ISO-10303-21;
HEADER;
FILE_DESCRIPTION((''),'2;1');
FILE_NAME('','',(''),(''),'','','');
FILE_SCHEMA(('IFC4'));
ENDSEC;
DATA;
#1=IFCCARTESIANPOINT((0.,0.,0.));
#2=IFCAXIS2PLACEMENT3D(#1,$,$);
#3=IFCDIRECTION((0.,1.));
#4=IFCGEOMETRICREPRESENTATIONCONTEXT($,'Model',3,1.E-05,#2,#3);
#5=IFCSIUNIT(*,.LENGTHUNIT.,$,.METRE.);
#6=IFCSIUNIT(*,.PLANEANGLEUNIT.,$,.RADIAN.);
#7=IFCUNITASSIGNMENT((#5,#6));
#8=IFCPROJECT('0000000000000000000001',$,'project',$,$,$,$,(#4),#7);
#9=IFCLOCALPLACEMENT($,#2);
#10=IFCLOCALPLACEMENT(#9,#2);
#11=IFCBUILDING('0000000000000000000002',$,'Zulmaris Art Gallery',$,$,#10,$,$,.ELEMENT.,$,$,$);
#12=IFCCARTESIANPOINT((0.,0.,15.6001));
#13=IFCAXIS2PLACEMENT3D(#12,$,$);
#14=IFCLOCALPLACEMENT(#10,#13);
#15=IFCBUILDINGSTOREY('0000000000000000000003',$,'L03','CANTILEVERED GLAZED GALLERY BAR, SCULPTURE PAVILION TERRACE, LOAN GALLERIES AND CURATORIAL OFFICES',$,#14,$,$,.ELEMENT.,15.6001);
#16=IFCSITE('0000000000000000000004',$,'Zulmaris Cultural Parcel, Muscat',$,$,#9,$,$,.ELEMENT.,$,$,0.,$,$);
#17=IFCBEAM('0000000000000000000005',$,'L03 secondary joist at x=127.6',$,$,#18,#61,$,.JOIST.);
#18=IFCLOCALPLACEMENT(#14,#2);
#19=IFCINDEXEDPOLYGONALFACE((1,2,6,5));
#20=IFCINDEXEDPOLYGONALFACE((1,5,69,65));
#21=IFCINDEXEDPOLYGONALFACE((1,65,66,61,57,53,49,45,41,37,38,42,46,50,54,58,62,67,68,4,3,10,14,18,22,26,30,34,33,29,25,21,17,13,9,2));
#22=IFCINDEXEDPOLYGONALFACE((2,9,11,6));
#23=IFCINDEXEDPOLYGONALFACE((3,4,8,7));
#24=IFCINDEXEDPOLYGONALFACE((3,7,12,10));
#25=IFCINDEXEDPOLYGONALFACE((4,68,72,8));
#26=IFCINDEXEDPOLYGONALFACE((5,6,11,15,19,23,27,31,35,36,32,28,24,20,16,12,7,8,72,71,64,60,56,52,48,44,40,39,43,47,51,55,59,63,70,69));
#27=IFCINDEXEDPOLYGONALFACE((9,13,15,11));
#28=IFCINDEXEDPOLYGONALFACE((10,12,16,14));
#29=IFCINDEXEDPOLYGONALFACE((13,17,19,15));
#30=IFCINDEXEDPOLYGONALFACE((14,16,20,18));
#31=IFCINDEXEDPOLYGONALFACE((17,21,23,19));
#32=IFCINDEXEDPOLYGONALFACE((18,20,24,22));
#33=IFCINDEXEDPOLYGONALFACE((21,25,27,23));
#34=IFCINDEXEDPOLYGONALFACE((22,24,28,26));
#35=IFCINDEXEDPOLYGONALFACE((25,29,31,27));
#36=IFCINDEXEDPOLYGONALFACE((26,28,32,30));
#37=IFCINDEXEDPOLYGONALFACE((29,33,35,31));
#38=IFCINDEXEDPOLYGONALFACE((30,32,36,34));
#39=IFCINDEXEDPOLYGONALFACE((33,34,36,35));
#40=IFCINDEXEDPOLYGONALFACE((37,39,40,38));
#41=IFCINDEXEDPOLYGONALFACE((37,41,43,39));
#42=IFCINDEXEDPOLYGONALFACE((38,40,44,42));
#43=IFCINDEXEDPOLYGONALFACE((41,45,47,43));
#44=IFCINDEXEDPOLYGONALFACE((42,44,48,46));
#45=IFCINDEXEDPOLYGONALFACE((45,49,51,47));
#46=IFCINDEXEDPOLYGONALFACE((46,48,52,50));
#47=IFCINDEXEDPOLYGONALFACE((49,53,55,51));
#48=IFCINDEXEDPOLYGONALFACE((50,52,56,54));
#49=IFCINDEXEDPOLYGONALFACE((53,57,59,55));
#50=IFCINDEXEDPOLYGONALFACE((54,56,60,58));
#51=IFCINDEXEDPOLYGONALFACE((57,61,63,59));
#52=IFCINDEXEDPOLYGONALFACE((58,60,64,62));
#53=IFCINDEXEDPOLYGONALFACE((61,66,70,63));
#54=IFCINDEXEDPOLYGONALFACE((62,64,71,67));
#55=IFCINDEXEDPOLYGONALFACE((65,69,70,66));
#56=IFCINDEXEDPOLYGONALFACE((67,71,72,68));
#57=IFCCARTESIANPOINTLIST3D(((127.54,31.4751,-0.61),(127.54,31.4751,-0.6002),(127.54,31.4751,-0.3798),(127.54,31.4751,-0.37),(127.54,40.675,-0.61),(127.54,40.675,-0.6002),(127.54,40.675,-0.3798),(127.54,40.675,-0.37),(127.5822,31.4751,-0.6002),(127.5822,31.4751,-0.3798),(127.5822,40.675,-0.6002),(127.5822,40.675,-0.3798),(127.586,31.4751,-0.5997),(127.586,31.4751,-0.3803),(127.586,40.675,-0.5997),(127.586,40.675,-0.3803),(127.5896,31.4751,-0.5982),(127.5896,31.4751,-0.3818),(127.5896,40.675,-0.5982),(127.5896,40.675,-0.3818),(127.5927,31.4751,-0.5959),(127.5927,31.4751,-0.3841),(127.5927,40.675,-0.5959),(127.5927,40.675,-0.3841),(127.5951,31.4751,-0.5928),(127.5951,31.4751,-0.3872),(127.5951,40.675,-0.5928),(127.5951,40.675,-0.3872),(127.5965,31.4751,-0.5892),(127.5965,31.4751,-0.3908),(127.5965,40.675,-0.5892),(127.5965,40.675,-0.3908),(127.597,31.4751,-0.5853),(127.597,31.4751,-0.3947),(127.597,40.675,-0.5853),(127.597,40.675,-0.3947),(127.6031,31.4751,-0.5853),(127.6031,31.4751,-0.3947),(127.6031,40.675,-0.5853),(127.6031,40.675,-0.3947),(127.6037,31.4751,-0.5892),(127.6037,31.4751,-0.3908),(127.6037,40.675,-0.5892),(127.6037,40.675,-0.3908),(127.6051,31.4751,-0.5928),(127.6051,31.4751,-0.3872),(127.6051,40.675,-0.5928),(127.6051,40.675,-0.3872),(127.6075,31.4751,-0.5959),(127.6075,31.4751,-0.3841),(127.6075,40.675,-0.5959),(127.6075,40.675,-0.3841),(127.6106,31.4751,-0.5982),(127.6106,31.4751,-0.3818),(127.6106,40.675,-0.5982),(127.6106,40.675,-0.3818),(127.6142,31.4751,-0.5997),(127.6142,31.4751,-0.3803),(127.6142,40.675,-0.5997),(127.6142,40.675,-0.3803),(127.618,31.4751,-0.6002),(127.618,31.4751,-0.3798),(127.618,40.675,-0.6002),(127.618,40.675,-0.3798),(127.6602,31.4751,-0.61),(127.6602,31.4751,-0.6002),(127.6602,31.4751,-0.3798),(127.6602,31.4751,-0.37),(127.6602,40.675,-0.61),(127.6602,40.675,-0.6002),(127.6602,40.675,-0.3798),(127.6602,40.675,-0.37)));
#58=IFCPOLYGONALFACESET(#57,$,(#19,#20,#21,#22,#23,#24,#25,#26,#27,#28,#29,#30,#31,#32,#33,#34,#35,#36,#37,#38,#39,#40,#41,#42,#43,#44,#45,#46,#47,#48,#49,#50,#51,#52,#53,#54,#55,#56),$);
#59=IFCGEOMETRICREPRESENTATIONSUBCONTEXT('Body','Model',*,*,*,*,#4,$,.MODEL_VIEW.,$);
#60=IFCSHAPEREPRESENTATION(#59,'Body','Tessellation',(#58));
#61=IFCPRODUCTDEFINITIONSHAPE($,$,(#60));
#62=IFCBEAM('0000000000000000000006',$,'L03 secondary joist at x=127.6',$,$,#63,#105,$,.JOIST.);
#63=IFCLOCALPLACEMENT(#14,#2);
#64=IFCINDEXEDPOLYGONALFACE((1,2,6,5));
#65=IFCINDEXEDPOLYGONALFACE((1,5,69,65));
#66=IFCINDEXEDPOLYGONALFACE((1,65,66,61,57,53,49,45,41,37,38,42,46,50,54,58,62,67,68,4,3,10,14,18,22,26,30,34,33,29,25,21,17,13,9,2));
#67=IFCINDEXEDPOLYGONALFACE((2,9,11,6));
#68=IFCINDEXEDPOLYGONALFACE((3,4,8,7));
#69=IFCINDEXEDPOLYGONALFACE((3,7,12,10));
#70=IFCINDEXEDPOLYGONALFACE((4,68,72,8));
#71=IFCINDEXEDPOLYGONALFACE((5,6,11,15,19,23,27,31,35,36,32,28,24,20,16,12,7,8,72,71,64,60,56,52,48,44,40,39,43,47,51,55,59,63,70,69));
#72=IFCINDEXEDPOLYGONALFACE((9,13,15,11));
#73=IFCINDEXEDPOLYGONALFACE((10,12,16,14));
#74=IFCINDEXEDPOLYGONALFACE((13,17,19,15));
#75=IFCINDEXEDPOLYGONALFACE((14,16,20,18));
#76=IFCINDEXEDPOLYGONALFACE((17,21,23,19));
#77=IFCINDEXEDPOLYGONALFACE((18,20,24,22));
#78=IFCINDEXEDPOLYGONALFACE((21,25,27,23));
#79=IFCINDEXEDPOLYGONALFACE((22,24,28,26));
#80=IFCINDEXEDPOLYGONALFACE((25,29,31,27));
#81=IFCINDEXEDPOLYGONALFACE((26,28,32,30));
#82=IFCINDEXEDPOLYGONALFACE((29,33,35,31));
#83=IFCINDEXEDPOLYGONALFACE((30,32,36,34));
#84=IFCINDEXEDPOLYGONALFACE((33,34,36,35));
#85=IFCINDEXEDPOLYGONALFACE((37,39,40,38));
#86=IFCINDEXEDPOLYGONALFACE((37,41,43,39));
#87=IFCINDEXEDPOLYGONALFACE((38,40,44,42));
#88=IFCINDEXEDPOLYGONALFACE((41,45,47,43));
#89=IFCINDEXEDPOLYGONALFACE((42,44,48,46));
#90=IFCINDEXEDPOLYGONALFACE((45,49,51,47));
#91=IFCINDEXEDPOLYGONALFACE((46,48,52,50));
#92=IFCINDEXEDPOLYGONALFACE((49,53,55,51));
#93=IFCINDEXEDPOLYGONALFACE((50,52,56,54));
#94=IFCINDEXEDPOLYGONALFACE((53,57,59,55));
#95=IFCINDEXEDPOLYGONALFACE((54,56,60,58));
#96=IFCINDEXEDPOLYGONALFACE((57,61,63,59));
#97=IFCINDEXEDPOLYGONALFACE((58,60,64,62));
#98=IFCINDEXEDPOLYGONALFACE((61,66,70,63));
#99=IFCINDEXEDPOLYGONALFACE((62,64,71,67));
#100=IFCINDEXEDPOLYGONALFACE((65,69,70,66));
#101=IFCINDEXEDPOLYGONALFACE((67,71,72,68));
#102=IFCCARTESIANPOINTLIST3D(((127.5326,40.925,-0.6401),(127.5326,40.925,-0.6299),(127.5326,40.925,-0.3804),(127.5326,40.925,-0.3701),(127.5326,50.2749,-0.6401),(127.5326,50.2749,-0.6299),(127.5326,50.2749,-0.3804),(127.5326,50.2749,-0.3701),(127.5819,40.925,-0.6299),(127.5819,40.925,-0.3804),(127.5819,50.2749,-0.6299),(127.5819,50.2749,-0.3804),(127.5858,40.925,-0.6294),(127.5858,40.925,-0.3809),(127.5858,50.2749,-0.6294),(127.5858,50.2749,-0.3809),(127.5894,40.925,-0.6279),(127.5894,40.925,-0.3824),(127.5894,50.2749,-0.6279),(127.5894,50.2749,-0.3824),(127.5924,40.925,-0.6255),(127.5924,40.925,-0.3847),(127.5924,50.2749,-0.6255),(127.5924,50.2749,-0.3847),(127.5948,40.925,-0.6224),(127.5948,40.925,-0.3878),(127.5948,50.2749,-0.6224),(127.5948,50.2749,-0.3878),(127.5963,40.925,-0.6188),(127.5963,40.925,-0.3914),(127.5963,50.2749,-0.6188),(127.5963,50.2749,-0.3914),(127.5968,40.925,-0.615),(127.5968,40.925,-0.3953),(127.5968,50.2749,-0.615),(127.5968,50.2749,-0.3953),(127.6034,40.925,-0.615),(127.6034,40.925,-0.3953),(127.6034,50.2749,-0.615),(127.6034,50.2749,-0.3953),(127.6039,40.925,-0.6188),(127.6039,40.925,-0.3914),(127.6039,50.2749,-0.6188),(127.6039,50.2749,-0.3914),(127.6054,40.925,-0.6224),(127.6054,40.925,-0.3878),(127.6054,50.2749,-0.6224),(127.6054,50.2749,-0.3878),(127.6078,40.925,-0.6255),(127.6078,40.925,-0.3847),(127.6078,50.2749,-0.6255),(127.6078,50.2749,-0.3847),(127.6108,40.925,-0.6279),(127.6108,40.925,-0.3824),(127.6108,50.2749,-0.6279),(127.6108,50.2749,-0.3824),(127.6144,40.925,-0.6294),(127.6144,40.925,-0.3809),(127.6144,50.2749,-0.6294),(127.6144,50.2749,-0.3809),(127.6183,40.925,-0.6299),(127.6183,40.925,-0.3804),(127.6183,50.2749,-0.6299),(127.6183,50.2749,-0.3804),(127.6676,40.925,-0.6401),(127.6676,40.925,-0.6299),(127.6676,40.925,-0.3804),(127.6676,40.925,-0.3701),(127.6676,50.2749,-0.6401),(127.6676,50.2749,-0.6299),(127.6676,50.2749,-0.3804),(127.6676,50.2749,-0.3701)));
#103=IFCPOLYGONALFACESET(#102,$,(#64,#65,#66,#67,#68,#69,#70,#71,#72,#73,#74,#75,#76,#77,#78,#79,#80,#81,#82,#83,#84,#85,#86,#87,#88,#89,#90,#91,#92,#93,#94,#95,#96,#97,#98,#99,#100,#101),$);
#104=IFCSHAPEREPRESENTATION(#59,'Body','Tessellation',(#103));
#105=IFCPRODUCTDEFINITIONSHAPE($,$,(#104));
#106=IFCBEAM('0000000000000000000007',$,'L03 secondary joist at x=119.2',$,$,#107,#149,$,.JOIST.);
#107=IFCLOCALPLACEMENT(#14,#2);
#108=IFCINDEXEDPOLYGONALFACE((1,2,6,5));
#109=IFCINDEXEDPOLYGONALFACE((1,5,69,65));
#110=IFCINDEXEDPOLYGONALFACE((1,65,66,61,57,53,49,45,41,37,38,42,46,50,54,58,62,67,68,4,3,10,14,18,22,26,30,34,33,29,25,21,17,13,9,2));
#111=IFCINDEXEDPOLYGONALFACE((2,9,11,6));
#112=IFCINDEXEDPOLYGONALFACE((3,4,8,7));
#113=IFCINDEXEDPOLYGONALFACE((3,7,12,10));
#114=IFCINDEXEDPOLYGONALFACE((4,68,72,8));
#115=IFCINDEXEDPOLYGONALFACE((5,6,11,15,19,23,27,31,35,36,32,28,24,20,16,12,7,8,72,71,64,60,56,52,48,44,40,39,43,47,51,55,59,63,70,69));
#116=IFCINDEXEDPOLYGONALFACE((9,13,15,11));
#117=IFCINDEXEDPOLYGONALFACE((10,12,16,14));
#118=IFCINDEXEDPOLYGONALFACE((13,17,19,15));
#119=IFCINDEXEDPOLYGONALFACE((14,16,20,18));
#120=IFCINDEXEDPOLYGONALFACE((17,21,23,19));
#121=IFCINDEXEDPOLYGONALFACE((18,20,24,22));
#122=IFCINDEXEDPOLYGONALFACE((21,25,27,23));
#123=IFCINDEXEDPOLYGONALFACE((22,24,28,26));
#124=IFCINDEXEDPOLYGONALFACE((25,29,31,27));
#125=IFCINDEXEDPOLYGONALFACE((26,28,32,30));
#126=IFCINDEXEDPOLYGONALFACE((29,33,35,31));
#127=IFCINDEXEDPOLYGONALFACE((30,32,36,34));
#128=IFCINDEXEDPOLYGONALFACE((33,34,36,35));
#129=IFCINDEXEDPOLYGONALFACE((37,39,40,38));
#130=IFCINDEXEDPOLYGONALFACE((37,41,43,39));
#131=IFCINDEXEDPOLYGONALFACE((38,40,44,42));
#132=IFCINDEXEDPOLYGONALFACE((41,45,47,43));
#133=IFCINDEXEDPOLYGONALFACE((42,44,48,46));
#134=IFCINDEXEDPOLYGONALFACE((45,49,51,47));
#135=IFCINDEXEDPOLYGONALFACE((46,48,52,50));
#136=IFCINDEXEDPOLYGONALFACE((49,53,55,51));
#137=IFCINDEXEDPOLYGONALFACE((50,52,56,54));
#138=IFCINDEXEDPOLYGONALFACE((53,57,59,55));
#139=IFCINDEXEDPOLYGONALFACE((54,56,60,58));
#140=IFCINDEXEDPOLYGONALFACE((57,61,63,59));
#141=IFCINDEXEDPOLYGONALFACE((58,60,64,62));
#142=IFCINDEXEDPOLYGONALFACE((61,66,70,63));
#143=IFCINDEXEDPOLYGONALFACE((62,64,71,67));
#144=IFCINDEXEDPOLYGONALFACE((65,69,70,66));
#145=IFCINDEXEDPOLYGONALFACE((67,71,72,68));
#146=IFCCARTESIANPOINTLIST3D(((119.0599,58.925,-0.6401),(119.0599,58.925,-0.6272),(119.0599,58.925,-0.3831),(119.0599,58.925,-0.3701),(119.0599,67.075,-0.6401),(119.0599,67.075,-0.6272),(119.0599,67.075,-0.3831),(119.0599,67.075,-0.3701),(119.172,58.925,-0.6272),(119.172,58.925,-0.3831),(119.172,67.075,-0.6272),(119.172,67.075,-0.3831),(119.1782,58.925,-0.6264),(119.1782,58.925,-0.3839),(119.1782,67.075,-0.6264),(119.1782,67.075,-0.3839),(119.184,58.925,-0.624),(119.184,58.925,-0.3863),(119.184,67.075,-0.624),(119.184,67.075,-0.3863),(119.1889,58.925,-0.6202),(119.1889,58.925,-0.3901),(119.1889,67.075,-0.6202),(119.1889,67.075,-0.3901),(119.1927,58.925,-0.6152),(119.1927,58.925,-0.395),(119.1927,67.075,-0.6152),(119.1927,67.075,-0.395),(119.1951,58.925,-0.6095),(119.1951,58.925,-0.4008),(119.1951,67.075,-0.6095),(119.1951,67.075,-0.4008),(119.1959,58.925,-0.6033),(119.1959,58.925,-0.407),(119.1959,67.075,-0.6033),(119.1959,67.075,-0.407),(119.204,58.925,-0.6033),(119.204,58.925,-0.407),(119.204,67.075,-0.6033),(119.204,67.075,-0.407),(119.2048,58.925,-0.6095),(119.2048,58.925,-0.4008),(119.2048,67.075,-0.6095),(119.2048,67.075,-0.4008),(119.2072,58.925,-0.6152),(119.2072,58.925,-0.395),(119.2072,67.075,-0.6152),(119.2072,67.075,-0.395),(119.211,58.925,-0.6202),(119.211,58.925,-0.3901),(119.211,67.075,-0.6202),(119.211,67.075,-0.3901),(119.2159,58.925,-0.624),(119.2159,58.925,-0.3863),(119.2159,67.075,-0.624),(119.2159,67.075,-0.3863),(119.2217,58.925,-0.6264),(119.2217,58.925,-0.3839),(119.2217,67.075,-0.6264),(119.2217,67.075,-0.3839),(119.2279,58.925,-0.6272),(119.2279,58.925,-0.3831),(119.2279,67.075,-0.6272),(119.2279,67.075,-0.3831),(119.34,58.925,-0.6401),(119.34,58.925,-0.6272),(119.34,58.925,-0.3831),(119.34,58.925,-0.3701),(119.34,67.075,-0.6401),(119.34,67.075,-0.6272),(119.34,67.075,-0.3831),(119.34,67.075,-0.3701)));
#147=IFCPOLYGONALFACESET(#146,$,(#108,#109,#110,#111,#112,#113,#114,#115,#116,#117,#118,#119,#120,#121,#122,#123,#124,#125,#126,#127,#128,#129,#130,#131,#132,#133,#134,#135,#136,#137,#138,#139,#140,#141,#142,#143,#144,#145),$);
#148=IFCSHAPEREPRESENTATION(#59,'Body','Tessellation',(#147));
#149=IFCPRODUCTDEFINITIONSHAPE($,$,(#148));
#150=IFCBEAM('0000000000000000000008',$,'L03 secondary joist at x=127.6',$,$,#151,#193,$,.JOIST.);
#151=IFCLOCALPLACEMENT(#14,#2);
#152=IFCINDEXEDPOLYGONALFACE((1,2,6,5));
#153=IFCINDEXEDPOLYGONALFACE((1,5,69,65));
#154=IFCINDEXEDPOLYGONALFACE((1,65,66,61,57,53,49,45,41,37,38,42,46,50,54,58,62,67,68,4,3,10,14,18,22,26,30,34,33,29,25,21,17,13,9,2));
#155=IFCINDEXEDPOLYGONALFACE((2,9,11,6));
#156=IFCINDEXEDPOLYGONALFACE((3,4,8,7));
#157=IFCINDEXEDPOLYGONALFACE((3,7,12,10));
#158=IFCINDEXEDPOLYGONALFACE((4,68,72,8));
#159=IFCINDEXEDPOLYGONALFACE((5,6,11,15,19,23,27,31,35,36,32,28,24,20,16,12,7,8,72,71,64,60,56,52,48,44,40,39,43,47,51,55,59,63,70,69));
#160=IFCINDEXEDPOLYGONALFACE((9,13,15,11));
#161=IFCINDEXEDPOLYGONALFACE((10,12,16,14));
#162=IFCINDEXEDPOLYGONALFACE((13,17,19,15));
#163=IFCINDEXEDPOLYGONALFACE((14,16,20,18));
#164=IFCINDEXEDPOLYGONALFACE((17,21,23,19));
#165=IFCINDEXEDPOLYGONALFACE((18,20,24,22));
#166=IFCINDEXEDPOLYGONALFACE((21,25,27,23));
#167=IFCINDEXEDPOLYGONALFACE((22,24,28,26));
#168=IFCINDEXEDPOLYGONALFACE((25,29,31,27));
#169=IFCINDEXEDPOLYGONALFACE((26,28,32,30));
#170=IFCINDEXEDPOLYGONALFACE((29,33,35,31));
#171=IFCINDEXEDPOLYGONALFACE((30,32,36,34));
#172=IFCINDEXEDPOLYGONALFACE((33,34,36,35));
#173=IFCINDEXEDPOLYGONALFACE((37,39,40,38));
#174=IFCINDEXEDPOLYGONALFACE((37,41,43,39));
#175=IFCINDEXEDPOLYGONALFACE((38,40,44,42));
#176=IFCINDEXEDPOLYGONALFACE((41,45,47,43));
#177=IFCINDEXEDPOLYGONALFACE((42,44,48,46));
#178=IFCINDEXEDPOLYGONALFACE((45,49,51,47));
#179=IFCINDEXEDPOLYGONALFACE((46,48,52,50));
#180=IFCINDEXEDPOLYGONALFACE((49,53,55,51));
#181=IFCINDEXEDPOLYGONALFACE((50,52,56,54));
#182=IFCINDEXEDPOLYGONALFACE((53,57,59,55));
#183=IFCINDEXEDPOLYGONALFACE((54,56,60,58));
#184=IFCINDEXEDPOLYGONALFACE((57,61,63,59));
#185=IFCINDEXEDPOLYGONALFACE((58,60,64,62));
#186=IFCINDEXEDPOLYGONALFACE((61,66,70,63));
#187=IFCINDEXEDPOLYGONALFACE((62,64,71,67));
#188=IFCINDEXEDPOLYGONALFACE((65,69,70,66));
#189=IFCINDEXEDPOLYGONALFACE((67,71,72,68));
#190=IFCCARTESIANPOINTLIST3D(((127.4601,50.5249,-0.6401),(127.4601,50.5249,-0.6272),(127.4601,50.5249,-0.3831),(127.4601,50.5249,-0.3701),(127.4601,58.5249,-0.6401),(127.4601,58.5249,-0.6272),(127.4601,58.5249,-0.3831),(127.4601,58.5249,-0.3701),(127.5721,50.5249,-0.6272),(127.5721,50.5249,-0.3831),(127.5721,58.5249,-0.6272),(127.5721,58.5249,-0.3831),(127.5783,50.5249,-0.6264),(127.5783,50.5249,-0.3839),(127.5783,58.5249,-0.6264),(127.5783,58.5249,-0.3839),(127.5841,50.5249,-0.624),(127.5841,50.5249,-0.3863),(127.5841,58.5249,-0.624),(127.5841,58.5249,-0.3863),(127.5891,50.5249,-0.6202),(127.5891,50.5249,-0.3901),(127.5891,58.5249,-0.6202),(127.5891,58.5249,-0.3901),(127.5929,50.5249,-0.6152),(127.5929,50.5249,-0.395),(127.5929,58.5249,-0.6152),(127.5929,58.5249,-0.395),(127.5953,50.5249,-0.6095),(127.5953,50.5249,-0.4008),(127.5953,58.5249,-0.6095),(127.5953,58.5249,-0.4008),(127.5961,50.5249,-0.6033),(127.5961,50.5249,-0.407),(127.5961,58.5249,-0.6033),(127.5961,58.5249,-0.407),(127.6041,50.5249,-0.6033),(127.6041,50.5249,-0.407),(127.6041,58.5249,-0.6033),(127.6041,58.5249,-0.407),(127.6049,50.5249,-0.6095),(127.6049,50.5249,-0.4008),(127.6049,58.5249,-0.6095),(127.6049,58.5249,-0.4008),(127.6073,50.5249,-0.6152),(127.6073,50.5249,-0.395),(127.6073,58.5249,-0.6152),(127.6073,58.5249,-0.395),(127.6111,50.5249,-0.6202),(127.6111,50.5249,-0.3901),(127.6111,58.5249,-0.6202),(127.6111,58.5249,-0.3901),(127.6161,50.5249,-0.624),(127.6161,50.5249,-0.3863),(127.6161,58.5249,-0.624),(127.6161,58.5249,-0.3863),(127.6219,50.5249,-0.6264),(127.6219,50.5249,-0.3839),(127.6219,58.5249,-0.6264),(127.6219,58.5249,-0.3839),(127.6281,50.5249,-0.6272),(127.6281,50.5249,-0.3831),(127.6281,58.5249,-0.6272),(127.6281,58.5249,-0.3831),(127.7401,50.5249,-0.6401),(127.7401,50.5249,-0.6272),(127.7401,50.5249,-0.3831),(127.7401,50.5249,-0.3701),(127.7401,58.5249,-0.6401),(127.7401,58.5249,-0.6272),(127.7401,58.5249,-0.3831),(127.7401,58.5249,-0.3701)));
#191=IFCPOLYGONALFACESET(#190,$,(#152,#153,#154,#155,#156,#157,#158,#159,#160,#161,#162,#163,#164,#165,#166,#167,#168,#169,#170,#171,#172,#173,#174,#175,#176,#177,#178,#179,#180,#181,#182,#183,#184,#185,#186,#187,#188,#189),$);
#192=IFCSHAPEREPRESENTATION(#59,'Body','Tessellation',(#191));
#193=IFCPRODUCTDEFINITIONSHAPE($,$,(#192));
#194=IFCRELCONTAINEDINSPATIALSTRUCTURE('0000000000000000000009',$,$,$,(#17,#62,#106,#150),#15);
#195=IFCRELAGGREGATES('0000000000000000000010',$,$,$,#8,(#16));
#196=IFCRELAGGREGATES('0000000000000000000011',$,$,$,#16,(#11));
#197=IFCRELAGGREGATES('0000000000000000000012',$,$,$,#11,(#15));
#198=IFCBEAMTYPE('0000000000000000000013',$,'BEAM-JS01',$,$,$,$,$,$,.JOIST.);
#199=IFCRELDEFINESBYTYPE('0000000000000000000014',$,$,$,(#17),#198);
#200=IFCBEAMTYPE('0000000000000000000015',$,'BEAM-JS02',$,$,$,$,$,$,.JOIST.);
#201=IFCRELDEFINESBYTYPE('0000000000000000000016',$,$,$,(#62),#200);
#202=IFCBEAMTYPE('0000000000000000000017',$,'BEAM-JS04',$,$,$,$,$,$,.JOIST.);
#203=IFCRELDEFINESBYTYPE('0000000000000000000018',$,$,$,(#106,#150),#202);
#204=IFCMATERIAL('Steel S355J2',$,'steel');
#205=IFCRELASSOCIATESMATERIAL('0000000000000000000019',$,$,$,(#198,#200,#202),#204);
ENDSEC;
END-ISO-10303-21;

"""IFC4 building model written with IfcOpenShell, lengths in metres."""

from ifc_helpers import new_model, si_unit, direction, frame, origin, origin_2d, place, context, subcontext, project, spatial, i_section, extrude, material, material_profile, profile_set, type_object, element, save


model = new_model("IFC4")

# Units and contexts
model_context = context("Model", 3, precision=1e-05, world=origin(), true_north=direction((0.0, 1.0)))
body_context = subcontext(model_context, "Body", "Model", "MODEL_VIEW")
ifc_project = project(units=[si_unit("LENGTHUNIT", "METRE"), si_unit("PLANEANGLEUNIT", "RADIAN")], contexts=[model_context])

# Site, building, storey
site_placement = place(None, origin())
site = spatial("IfcSite", under=ifc_project, at=site_placement, Name="Zulmaris Cultural Parcel, Muscat", CompositionType="ELEMENT", RefElevation=0.0)
building_placement = place(site_placement, origin())
building = spatial("IfcBuilding", under=site, at=building_placement, Name="Zulmaris Art Gallery", CompositionType="ELEMENT")
storey_placement = place(building_placement, frame((0.0, 0.0, 15.6001)))
storey = spatial("IfcBuildingStorey", under=building, at=storey_placement, Name="L03", Description="CANTILEVERED GLAZED GALLERY BAR, SCULPTURE PAVILION TERRACE, LOAN GALLERIES AND CURATORIAL OFFICES", CompositionType="ELEMENT", Elevation=15.6001)

# Beams
ifc_material_1 = material(Name="Steel S355J2", Category="steel")
ifc_material_profile_1 = material_profile(ifc_material_1, i_section(OverallWidth=0.1201, OverallDepth=0.24, WebThickness=0.0061, FlangeThickness=0.0098, FilletRadius=0.0149, at=origin_2d()), Name="IPE 240")
ifc_profile_set_1 = profile_set([ifc_material_profile_1], Name="Steel S355J2")
beam_type_1 = type_object("IfcBeamType", Name="BEAM-JS01", PredefinedType="JOIST", material=ifc_profile_set_1)
beam_1_placement = place(storey_placement, frame((127.6001, 31.4751, -0.49), z_axis=(0.0, 1.0, 0.0), x_axis=(-1.0, 0.0, 0.0)))
element("IfcBeam", 1, at=beam_1_placement, inside=storey, type_object=beam_type_1, Name="L03 secondary joist at x=127.6", PredefinedType="JOIST", context=body_context, shape_type="SweptSolid", body=[
    extrude(i_section(OverallWidth=0.1201, OverallDepth=0.24, WebThickness=0.0061, FlangeThickness=0.0098, FilletRadius=0.0149, at=origin_2d()), origin(), (0.0, 0.0, 1.0), 9.2),
])
ifc_material_profile_2 = material_profile(ifc_material_1, i_section(OverallWidth=0.135, OverallDepth=0.27, WebThickness=0.0066, FlangeThickness=0.0103, FilletRadius=0.0149, at=origin_2d()), Name="IPE 270")
ifc_profile_set_2 = profile_set([ifc_material_profile_2], Name="Steel S355J2")
beam_type_2 = type_object("IfcBeamType", Name="BEAM-JS02", PredefinedType="JOIST", material=ifc_profile_set_2)
beam_2_placement = place(storey_placement, frame((127.6001, 40.925, -0.5051), z_axis=(0.0, 1.0, 0.0), x_axis=(-1.0, 0.0, 0.0)))
element("IfcBeam", 2, at=beam_2_placement, inside=storey, type_object=beam_type_2, Name="L03 secondary joist at x=127.6", PredefinedType="JOIST", context=body_context, shape_type="SweptSolid", body=[
    extrude(i_section(OverallWidth=0.135, OverallDepth=0.27, WebThickness=0.0066, FlangeThickness=0.0103, FilletRadius=0.0149, at=origin_2d()), origin(), (0.0, 0.0, 1.0), 9.3499),
])
ifc_material_profile_3 = material_profile(ifc_material_1, i_section(OverallWidth=0.28, OverallDepth=0.27, WebThickness=0.0081, FlangeThickness=0.0129, FilletRadius=0.0239, at=origin_2d()), Name="HEA 280")
ifc_profile_set_3 = profile_set([ifc_material_profile_3], Name="Steel S355J2")
beam_type_3 = type_object("IfcBeamType", Name="BEAM-JS04", PredefinedType="JOIST", material=ifc_profile_set_3)
beam_3_placement = place(storey_placement, frame((119.2, 58.925, -0.5051), z_axis=(0.0, 1.0, 0.0), x_axis=(-1.0, 0.0, 0.0)))
element("IfcBeam", 3, at=beam_3_placement, inside=storey, type_object=beam_type_3, Name="L03 secondary joist at x=119.2", PredefinedType="JOIST", context=body_context, shape_type="SweptSolid", body=[
    extrude(i_section(OverallWidth=0.28, OverallDepth=0.27, WebThickness=0.0081, FlangeThickness=0.0129, FilletRadius=0.0239, at=origin_2d()), origin(), (0.0, 0.0, 1.0), 8.1499),
])
beam_4_placement = place(storey_placement, frame((127.6001, 50.5249, -0.5051), z_axis=(0.0, 1.0, 0.0), x_axis=(-1.0, 0.0, 0.0)))
element("IfcBeam", 4, at=beam_4_placement, inside=storey, type_object=beam_type_3, Name="L03 secondary joist at x=127.6", PredefinedType="JOIST", context=body_context, shape_type="SweptSolid", body=[
    extrude(i_section(OverallWidth=0.28, OverallDepth=0.27, WebThickness=0.0081, FlangeThickness=0.0129, FilletRadius=0.0239, at=origin_2d()), origin(), (0.0, 0.0, 1.0), 8.0),
])

save(model, "model.ifc")
